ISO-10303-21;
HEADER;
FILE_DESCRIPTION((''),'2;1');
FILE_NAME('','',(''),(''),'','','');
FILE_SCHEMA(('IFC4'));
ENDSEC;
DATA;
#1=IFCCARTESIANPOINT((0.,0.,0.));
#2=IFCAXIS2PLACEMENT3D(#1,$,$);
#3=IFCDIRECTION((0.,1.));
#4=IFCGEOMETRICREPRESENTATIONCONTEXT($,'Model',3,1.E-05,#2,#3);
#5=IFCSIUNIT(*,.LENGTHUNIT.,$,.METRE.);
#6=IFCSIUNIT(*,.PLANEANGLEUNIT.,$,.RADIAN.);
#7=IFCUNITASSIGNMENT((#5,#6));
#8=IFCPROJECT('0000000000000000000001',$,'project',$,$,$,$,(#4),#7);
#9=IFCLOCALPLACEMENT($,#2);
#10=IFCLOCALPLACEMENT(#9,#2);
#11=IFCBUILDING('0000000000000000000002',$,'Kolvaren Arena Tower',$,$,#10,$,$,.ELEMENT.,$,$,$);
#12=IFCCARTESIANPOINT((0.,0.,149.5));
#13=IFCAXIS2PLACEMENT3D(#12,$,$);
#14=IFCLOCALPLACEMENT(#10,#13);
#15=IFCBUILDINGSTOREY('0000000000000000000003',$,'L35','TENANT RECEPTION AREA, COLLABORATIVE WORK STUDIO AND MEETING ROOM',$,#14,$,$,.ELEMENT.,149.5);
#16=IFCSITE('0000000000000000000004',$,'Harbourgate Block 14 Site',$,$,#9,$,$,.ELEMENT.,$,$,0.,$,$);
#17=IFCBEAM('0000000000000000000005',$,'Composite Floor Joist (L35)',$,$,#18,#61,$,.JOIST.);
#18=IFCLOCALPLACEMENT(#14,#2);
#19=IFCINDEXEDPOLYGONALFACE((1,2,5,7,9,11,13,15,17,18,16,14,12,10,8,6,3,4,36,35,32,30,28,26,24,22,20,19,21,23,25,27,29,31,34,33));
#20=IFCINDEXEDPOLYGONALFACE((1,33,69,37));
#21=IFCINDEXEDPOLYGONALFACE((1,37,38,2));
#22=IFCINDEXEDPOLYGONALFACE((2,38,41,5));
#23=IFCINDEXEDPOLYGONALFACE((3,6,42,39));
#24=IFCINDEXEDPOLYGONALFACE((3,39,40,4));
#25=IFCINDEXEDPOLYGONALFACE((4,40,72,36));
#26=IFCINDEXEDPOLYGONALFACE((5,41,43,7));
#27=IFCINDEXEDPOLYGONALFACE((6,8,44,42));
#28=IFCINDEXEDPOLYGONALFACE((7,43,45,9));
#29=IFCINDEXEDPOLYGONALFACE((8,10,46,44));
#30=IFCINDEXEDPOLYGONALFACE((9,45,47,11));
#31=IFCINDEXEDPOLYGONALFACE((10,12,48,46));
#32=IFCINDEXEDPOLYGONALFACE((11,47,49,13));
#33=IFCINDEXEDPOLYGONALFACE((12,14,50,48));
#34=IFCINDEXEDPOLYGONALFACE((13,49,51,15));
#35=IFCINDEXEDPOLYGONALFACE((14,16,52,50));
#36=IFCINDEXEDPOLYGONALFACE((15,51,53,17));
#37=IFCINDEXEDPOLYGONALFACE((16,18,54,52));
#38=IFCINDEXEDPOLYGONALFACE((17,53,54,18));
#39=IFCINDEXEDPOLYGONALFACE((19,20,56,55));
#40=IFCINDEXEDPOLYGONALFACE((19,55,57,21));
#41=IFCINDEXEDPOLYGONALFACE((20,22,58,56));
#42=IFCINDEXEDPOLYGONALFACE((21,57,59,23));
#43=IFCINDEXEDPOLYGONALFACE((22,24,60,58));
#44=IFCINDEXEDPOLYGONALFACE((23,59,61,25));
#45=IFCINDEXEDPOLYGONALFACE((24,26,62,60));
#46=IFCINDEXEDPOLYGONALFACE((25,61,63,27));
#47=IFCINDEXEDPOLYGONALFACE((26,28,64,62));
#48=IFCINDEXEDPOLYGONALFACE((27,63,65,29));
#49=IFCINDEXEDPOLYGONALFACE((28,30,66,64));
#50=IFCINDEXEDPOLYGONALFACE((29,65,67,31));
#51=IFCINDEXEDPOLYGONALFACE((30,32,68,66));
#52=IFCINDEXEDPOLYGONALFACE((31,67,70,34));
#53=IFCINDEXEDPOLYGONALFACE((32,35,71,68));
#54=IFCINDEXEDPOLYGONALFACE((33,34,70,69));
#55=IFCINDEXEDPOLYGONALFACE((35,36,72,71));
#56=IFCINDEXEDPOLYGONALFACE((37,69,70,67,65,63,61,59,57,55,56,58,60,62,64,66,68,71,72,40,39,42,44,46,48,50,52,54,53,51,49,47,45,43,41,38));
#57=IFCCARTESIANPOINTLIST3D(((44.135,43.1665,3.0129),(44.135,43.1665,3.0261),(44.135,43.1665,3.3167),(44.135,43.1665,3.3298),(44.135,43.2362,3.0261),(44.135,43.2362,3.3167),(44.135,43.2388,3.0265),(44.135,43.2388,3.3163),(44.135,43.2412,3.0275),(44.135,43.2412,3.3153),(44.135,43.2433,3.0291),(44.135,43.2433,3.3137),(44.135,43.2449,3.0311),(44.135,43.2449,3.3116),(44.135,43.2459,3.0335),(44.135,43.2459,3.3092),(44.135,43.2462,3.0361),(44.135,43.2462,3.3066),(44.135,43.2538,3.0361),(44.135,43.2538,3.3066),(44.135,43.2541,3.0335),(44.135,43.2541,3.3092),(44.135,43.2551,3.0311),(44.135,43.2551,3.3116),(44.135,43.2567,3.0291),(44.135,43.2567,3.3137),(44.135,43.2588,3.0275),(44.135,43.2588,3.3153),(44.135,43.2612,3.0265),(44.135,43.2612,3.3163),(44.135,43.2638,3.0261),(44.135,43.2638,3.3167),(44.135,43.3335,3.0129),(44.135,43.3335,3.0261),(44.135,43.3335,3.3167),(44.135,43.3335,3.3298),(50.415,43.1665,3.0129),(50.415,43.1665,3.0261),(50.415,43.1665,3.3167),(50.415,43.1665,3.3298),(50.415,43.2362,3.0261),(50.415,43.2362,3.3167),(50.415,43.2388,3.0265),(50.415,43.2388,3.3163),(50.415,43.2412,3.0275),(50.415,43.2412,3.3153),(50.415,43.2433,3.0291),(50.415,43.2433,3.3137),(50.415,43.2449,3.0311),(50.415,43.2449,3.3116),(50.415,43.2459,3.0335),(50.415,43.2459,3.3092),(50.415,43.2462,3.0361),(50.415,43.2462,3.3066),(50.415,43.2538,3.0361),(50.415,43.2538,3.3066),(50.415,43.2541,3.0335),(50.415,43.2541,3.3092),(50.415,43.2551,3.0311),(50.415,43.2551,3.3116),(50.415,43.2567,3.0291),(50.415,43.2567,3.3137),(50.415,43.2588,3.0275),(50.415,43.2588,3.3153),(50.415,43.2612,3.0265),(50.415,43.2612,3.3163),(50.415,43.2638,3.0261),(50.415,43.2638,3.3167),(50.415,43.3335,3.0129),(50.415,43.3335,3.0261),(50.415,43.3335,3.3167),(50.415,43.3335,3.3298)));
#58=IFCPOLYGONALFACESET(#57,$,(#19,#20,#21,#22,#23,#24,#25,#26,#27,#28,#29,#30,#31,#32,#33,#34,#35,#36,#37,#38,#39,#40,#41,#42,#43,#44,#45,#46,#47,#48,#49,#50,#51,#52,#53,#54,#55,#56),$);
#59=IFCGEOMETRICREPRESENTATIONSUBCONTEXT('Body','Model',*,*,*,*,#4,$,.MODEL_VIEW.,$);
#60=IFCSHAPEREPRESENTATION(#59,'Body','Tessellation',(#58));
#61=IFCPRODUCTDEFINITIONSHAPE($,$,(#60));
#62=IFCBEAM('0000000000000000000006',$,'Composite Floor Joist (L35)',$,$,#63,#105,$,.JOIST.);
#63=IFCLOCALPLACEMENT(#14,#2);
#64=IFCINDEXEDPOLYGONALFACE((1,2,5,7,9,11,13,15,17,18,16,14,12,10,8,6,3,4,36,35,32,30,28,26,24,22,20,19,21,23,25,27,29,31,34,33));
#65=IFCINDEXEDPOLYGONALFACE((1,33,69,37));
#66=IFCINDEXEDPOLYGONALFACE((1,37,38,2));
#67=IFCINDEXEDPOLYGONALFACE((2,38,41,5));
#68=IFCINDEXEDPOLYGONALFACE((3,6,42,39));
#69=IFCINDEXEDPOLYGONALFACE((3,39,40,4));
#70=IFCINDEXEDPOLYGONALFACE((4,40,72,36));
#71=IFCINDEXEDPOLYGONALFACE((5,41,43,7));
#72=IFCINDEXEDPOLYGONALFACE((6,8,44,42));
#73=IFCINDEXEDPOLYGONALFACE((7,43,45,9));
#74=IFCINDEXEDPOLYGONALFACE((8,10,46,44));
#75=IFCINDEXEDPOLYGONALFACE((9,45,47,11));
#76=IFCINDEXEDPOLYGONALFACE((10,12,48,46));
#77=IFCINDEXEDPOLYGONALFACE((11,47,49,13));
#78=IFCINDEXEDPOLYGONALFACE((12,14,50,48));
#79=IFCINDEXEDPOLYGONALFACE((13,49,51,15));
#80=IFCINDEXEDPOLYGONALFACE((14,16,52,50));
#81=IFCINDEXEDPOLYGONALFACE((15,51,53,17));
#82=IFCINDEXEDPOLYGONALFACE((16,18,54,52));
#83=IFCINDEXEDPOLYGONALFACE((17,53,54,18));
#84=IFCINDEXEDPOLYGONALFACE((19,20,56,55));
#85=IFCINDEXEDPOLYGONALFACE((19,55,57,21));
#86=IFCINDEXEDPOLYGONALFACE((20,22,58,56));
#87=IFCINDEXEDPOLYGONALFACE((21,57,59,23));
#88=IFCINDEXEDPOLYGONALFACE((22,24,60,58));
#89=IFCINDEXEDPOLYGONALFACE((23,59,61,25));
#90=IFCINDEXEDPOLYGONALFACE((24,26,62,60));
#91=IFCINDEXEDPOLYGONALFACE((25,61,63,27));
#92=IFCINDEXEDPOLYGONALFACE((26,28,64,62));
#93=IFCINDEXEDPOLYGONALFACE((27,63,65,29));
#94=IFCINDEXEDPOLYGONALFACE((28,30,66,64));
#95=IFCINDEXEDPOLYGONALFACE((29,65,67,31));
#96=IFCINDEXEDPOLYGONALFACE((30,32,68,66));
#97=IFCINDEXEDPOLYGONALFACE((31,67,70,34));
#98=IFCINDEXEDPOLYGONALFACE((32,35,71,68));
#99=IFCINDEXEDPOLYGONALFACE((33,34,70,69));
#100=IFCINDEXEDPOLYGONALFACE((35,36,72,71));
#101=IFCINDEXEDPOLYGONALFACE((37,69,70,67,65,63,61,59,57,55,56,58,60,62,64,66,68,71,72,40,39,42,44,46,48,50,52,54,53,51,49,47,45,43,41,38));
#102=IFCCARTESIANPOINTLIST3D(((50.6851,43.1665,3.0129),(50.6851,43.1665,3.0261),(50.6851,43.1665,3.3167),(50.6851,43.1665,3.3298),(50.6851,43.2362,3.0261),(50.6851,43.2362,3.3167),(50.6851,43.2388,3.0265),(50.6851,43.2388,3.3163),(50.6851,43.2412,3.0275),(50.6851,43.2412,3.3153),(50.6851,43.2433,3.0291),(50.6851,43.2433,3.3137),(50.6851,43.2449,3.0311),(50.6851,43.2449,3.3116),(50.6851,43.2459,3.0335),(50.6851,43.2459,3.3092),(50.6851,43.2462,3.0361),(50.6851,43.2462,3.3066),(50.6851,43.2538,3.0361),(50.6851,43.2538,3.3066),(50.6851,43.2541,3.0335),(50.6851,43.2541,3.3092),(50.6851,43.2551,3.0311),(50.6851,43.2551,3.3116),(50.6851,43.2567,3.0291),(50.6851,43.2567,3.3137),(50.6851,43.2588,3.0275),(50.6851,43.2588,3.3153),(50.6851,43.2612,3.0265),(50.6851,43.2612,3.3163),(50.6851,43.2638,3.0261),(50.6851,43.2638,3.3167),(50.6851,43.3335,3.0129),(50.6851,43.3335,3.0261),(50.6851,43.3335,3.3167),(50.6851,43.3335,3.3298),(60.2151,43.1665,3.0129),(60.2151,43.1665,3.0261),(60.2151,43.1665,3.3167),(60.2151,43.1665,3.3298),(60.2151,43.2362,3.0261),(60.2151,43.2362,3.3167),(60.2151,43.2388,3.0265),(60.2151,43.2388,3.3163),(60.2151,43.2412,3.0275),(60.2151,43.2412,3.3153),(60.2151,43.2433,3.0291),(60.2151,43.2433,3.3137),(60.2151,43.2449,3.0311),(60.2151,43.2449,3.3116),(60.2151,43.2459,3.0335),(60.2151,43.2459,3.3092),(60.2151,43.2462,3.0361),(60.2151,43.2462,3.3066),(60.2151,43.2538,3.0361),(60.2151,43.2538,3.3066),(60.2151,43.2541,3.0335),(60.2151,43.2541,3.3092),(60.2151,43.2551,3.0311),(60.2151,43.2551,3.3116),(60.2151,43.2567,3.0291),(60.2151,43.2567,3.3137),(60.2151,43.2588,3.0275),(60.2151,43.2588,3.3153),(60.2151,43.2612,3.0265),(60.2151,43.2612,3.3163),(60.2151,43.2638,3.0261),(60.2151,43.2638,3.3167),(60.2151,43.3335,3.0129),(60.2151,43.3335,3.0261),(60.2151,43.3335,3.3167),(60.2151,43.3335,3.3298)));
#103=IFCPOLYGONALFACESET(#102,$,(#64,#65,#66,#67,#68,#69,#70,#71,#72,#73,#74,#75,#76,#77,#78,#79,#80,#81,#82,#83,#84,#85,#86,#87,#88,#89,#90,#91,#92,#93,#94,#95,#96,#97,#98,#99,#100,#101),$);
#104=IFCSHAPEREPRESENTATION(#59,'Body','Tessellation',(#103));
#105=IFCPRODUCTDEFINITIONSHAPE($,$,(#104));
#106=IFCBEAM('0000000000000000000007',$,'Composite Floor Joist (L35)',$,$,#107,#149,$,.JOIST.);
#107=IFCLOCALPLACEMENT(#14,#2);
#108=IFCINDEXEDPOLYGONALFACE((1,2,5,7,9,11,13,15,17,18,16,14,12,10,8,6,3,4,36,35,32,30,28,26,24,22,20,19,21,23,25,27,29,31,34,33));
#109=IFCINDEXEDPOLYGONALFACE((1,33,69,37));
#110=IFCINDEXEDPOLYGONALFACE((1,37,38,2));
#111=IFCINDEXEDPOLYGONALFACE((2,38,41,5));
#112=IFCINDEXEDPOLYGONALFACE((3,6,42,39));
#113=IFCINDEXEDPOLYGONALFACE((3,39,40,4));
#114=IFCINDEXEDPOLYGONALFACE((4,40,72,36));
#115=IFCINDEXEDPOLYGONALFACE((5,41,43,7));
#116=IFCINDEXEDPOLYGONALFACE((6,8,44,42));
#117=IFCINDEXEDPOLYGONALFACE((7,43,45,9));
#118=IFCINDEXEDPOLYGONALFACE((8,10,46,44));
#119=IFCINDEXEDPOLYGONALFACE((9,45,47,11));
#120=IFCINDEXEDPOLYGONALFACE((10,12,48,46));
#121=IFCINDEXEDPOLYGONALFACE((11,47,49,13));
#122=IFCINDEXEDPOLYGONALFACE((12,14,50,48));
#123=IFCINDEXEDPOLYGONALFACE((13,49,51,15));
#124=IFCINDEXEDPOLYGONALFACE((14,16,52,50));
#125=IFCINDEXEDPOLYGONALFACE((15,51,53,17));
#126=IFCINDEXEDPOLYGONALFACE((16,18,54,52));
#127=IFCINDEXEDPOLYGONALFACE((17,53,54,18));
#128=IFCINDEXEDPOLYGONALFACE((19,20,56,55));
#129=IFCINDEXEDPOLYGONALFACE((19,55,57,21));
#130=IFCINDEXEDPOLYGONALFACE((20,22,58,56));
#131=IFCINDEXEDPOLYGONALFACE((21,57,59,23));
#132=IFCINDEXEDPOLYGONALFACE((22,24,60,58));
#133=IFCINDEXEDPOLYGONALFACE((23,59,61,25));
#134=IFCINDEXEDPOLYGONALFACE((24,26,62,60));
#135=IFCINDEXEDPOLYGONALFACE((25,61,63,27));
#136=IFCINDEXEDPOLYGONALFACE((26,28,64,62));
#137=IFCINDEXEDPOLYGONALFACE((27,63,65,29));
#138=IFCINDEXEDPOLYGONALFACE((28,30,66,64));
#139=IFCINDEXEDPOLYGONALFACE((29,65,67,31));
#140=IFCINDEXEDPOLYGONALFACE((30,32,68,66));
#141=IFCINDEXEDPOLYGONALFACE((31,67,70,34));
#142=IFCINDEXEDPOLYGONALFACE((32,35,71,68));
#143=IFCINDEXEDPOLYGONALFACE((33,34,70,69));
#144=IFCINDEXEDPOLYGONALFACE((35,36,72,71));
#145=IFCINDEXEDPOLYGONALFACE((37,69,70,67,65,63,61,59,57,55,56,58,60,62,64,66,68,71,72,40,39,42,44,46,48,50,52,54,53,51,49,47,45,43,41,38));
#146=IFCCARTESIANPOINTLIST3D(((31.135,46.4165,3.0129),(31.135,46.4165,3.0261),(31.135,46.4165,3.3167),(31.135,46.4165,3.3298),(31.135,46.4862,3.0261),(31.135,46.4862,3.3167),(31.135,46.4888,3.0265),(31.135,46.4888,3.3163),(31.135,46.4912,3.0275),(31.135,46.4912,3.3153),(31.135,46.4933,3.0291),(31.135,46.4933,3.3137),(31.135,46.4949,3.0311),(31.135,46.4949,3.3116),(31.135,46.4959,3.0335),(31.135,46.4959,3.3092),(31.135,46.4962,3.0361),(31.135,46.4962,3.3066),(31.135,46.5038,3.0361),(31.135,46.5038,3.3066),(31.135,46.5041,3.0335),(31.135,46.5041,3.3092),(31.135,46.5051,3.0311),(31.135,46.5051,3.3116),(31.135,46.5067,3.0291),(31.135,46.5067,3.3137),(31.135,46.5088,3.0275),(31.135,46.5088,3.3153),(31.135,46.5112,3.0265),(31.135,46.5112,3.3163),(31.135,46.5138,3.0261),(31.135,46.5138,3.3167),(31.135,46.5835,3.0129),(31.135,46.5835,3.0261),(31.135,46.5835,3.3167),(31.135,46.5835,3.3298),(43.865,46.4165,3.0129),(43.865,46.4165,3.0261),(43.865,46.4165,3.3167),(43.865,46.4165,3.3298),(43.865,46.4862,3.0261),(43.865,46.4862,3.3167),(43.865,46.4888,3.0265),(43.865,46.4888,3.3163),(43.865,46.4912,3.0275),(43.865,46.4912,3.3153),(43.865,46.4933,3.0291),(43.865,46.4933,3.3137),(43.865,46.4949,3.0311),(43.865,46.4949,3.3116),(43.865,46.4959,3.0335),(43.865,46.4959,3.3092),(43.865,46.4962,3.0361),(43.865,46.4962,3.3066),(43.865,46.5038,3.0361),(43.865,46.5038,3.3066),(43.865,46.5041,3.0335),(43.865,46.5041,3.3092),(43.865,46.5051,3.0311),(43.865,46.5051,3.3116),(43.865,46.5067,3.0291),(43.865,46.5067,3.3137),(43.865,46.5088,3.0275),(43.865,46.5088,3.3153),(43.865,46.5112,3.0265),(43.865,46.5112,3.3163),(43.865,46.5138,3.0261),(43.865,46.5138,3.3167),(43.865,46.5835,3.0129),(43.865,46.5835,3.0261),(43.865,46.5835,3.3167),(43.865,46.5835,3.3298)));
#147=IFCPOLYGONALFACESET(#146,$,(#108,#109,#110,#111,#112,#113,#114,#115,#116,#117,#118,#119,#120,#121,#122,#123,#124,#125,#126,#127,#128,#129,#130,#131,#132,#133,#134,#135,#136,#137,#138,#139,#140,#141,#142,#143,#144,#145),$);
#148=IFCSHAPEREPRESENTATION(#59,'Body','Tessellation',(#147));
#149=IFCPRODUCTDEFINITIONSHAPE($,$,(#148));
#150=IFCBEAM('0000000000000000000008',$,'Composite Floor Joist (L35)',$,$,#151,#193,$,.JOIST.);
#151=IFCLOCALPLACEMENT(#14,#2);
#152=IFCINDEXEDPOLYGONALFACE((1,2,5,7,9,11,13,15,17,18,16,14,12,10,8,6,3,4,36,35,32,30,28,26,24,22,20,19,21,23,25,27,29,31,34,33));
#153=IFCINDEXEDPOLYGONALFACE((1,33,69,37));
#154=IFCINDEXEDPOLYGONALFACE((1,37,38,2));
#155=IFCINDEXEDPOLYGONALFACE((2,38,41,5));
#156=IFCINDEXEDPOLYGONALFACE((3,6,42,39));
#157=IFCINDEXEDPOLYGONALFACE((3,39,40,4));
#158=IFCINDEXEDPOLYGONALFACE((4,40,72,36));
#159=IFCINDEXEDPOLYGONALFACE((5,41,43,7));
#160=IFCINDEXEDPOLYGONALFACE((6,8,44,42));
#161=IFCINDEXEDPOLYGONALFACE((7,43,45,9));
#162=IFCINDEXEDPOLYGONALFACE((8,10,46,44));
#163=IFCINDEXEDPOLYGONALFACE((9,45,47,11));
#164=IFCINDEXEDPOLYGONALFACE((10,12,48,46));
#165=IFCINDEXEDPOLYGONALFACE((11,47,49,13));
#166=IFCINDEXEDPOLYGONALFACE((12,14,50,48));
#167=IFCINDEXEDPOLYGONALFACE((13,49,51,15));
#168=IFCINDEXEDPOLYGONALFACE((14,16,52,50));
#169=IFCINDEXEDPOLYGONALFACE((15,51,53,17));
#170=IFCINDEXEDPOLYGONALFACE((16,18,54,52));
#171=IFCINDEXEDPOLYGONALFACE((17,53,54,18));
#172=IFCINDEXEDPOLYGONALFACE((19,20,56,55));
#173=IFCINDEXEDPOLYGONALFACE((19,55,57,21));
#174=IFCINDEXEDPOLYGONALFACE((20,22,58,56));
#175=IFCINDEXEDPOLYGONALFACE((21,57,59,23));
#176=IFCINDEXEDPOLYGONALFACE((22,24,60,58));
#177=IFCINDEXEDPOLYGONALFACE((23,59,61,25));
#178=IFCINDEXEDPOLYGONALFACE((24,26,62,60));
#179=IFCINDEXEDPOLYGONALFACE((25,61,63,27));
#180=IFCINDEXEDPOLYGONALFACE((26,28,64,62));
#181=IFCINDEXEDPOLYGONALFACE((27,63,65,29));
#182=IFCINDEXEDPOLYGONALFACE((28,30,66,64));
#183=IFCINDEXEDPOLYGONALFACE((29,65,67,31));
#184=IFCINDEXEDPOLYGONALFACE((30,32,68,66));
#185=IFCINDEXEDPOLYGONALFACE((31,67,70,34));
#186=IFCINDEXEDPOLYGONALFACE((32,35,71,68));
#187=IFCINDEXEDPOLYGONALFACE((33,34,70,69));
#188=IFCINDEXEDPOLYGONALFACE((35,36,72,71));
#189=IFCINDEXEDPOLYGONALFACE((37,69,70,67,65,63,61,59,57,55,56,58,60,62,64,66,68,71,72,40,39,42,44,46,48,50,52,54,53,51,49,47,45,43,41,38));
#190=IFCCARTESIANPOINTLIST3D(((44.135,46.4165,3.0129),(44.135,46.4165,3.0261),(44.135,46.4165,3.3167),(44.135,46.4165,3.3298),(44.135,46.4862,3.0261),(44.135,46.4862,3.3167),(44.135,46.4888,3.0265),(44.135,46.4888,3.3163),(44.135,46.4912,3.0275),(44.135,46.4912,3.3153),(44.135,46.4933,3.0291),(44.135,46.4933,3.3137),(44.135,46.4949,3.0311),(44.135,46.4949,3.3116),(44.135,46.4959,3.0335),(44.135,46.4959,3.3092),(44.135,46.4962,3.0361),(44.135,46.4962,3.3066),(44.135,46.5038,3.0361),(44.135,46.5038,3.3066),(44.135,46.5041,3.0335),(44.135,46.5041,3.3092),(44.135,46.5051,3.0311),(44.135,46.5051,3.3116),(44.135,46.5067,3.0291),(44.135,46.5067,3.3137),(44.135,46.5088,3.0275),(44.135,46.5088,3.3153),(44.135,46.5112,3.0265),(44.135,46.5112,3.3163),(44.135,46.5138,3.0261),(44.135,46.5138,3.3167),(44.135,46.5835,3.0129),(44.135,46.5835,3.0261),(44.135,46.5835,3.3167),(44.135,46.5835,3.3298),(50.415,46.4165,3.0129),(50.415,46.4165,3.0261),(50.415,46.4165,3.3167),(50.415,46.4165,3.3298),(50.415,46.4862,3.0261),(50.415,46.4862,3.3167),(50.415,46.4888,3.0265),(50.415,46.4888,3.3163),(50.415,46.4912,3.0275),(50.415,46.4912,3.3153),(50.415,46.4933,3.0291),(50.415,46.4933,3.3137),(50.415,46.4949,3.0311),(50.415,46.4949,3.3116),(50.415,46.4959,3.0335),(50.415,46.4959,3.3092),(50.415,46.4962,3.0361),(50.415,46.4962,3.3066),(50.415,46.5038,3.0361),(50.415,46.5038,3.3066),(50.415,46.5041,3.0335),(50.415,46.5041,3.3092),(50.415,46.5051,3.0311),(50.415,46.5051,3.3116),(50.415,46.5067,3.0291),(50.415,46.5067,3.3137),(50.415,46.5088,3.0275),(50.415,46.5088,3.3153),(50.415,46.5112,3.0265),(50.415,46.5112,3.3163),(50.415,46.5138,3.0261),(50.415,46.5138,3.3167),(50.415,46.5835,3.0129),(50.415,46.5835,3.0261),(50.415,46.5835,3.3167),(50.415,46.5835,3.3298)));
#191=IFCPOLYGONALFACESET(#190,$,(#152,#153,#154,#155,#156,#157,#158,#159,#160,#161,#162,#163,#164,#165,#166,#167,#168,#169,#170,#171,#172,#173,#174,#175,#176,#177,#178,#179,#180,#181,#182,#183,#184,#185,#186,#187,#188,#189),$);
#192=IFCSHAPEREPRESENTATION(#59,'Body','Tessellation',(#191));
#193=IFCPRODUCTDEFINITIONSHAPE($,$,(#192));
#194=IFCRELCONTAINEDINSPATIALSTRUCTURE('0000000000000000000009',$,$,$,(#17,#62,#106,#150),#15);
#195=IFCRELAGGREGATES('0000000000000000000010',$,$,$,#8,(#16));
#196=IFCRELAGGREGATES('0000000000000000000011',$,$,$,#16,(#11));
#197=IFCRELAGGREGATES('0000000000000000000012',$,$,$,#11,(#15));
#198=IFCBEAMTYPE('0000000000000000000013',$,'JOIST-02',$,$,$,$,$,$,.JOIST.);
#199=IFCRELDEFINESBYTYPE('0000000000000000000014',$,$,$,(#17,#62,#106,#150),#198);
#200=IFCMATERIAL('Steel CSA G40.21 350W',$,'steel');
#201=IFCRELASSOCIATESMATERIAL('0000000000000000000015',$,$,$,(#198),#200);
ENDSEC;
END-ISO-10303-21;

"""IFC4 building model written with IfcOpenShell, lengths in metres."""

from ifc_helpers import new_model, si_unit, direction, frame, origin, origin_2d, place, context, subcontext, project, spatial, i_section, extrude, material, material_profile, profile_set, type_object, element, save


model = new_model("IFC4")

# Units and contexts
model_context = context("Model", 3, precision=1e-05, world=origin(), true_north=direction((0.0, 1.0)))
body_context = subcontext(model_context, "Body", "Model", "MODEL_VIEW")
ifc_project = project(units=[si_unit("LENGTHUNIT", "METRE"), si_unit("PLANEANGLEUNIT", "RADIAN")], contexts=[model_context])

# Site, building, storey
site_placement = place(None, origin())
site = spatial("IfcSite", under=ifc_project, at=site_placement, Name="Harbourgate Block 14 Site", CompositionType="ELEMENT", RefElevation=0.0)
building_placement = place(site_placement, origin())
building = spatial("IfcBuilding", under=site, at=building_placement, Name="Kolvaren Arena Tower", CompositionType="ELEMENT")
storey_placement = place(building_placement, frame((0.0, 0.0, 149.5)))
storey = spatial("IfcBuildingStorey", under=building, at=storey_placement, Name="L35", Description="TENANT RECEPTION AREA, COLLABORATIVE WORK STUDIO AND MEETING ROOM", CompositionType="ELEMENT", Elevation=149.5)

# Beams
ifc_material_1 = material(Name="Steel CSA G40.21 350W", Category="steel")
ifc_material_profile_1 = material_profile(ifc_material_1, i_section(OverallWidth=0.167, OverallDepth=0.3169, WebThickness=0.0076, FlangeThickness=0.0132, FilletRadius=0.01, at=origin_2d()), Name="W310x52")
ifc_profile_set_1 = profile_set([ifc_material_profile_1], Name="Steel CSA G40.21 350W")
beam_type_1 = type_object("IfcBeamType", Name="JOIST-02", PredefinedType="JOIST", material=ifc_profile_set_1)
beam_1_placement = place(storey_placement, frame((44.135, 43.25, 3.1714), z_axis=(1.0, 0.0, 0.0), x_axis=(0.0, 1.0, 0.0)))
element("IfcBeam", 1, at=beam_1_placement, inside=storey, type_object=beam_type_1, Name="Composite Floor Joist (L35)", PredefinedType="JOIST", context=body_context, shape_type="SweptSolid", body=[
    extrude(i_section(OverallWidth=0.167, OverallDepth=0.3169, WebThickness=0.0076, FlangeThickness=0.0132, FilletRadius=0.01, at=origin_2d()), origin(), (0.0, 0.0, 1.0), 6.28),
])
beam_2_placement = place(storey_placement, frame((50.6851, 43.25, 3.1714), z_axis=(1.0, 0.0, 0.0), x_axis=(0.0, 1.0, 0.0)))
element("IfcBeam", 2, at=beam_2_placement, inside=storey, type_object=beam_type_1, Name="Composite Floor Joist (L35)", PredefinedType="JOIST", context=body_context, shape_type="SweptSolid", body=[
    extrude(i_section(OverallWidth=0.167, OverallDepth=0.3169, WebThickness=0.0076, FlangeThickness=0.0132, FilletRadius=0.01, at=origin_2d()), origin(), (0.0, 0.0, 1.0), 9.53),
])
beam_3_placement = place(storey_placement, frame((31.135, 46.5, 3.1714), z_axis=(1.0, 0.0, 0.0), x_axis=(0.0, 1.0, 0.0)))
element("IfcBeam", 3, at=beam_3_placement, inside=storey, type_object=beam_type_1, Name="Composite Floor Joist (L35)", PredefinedType="JOIST", context=body_context, shape_type="SweptSolid", body=[
    extrude(i_section(OverallWidth=0.167, OverallDepth=0.3169, WebThickness=0.0076, FlangeThickness=0.0132, FilletRadius=0.01, at=origin_2d()), origin(), (0.0, 0.0, 1.0), 12.73),
])
beam_4_placement = place(storey_placement, frame((44.135, 46.5, 3.1714), z_axis=(1.0, 0.0, 0.0), x_axis=(0.0, 1.0, 0.0)))
element("IfcBeam", 4, at=beam_4_placement, inside=storey, type_object=beam_type_1, Name="Composite Floor Joist (L35)", PredefinedType="JOIST", context=body_context, shape_type="SweptSolid", body=[
    extrude(i_section(OverallWidth=0.167, OverallDepth=0.3169, WebThickness=0.0076, FlangeThickness=0.0132, FilletRadius=0.01, at=origin_2d()), origin(), (0.0, 0.0, 1.0), 6.28),
])

save(model, "model.ifc")
